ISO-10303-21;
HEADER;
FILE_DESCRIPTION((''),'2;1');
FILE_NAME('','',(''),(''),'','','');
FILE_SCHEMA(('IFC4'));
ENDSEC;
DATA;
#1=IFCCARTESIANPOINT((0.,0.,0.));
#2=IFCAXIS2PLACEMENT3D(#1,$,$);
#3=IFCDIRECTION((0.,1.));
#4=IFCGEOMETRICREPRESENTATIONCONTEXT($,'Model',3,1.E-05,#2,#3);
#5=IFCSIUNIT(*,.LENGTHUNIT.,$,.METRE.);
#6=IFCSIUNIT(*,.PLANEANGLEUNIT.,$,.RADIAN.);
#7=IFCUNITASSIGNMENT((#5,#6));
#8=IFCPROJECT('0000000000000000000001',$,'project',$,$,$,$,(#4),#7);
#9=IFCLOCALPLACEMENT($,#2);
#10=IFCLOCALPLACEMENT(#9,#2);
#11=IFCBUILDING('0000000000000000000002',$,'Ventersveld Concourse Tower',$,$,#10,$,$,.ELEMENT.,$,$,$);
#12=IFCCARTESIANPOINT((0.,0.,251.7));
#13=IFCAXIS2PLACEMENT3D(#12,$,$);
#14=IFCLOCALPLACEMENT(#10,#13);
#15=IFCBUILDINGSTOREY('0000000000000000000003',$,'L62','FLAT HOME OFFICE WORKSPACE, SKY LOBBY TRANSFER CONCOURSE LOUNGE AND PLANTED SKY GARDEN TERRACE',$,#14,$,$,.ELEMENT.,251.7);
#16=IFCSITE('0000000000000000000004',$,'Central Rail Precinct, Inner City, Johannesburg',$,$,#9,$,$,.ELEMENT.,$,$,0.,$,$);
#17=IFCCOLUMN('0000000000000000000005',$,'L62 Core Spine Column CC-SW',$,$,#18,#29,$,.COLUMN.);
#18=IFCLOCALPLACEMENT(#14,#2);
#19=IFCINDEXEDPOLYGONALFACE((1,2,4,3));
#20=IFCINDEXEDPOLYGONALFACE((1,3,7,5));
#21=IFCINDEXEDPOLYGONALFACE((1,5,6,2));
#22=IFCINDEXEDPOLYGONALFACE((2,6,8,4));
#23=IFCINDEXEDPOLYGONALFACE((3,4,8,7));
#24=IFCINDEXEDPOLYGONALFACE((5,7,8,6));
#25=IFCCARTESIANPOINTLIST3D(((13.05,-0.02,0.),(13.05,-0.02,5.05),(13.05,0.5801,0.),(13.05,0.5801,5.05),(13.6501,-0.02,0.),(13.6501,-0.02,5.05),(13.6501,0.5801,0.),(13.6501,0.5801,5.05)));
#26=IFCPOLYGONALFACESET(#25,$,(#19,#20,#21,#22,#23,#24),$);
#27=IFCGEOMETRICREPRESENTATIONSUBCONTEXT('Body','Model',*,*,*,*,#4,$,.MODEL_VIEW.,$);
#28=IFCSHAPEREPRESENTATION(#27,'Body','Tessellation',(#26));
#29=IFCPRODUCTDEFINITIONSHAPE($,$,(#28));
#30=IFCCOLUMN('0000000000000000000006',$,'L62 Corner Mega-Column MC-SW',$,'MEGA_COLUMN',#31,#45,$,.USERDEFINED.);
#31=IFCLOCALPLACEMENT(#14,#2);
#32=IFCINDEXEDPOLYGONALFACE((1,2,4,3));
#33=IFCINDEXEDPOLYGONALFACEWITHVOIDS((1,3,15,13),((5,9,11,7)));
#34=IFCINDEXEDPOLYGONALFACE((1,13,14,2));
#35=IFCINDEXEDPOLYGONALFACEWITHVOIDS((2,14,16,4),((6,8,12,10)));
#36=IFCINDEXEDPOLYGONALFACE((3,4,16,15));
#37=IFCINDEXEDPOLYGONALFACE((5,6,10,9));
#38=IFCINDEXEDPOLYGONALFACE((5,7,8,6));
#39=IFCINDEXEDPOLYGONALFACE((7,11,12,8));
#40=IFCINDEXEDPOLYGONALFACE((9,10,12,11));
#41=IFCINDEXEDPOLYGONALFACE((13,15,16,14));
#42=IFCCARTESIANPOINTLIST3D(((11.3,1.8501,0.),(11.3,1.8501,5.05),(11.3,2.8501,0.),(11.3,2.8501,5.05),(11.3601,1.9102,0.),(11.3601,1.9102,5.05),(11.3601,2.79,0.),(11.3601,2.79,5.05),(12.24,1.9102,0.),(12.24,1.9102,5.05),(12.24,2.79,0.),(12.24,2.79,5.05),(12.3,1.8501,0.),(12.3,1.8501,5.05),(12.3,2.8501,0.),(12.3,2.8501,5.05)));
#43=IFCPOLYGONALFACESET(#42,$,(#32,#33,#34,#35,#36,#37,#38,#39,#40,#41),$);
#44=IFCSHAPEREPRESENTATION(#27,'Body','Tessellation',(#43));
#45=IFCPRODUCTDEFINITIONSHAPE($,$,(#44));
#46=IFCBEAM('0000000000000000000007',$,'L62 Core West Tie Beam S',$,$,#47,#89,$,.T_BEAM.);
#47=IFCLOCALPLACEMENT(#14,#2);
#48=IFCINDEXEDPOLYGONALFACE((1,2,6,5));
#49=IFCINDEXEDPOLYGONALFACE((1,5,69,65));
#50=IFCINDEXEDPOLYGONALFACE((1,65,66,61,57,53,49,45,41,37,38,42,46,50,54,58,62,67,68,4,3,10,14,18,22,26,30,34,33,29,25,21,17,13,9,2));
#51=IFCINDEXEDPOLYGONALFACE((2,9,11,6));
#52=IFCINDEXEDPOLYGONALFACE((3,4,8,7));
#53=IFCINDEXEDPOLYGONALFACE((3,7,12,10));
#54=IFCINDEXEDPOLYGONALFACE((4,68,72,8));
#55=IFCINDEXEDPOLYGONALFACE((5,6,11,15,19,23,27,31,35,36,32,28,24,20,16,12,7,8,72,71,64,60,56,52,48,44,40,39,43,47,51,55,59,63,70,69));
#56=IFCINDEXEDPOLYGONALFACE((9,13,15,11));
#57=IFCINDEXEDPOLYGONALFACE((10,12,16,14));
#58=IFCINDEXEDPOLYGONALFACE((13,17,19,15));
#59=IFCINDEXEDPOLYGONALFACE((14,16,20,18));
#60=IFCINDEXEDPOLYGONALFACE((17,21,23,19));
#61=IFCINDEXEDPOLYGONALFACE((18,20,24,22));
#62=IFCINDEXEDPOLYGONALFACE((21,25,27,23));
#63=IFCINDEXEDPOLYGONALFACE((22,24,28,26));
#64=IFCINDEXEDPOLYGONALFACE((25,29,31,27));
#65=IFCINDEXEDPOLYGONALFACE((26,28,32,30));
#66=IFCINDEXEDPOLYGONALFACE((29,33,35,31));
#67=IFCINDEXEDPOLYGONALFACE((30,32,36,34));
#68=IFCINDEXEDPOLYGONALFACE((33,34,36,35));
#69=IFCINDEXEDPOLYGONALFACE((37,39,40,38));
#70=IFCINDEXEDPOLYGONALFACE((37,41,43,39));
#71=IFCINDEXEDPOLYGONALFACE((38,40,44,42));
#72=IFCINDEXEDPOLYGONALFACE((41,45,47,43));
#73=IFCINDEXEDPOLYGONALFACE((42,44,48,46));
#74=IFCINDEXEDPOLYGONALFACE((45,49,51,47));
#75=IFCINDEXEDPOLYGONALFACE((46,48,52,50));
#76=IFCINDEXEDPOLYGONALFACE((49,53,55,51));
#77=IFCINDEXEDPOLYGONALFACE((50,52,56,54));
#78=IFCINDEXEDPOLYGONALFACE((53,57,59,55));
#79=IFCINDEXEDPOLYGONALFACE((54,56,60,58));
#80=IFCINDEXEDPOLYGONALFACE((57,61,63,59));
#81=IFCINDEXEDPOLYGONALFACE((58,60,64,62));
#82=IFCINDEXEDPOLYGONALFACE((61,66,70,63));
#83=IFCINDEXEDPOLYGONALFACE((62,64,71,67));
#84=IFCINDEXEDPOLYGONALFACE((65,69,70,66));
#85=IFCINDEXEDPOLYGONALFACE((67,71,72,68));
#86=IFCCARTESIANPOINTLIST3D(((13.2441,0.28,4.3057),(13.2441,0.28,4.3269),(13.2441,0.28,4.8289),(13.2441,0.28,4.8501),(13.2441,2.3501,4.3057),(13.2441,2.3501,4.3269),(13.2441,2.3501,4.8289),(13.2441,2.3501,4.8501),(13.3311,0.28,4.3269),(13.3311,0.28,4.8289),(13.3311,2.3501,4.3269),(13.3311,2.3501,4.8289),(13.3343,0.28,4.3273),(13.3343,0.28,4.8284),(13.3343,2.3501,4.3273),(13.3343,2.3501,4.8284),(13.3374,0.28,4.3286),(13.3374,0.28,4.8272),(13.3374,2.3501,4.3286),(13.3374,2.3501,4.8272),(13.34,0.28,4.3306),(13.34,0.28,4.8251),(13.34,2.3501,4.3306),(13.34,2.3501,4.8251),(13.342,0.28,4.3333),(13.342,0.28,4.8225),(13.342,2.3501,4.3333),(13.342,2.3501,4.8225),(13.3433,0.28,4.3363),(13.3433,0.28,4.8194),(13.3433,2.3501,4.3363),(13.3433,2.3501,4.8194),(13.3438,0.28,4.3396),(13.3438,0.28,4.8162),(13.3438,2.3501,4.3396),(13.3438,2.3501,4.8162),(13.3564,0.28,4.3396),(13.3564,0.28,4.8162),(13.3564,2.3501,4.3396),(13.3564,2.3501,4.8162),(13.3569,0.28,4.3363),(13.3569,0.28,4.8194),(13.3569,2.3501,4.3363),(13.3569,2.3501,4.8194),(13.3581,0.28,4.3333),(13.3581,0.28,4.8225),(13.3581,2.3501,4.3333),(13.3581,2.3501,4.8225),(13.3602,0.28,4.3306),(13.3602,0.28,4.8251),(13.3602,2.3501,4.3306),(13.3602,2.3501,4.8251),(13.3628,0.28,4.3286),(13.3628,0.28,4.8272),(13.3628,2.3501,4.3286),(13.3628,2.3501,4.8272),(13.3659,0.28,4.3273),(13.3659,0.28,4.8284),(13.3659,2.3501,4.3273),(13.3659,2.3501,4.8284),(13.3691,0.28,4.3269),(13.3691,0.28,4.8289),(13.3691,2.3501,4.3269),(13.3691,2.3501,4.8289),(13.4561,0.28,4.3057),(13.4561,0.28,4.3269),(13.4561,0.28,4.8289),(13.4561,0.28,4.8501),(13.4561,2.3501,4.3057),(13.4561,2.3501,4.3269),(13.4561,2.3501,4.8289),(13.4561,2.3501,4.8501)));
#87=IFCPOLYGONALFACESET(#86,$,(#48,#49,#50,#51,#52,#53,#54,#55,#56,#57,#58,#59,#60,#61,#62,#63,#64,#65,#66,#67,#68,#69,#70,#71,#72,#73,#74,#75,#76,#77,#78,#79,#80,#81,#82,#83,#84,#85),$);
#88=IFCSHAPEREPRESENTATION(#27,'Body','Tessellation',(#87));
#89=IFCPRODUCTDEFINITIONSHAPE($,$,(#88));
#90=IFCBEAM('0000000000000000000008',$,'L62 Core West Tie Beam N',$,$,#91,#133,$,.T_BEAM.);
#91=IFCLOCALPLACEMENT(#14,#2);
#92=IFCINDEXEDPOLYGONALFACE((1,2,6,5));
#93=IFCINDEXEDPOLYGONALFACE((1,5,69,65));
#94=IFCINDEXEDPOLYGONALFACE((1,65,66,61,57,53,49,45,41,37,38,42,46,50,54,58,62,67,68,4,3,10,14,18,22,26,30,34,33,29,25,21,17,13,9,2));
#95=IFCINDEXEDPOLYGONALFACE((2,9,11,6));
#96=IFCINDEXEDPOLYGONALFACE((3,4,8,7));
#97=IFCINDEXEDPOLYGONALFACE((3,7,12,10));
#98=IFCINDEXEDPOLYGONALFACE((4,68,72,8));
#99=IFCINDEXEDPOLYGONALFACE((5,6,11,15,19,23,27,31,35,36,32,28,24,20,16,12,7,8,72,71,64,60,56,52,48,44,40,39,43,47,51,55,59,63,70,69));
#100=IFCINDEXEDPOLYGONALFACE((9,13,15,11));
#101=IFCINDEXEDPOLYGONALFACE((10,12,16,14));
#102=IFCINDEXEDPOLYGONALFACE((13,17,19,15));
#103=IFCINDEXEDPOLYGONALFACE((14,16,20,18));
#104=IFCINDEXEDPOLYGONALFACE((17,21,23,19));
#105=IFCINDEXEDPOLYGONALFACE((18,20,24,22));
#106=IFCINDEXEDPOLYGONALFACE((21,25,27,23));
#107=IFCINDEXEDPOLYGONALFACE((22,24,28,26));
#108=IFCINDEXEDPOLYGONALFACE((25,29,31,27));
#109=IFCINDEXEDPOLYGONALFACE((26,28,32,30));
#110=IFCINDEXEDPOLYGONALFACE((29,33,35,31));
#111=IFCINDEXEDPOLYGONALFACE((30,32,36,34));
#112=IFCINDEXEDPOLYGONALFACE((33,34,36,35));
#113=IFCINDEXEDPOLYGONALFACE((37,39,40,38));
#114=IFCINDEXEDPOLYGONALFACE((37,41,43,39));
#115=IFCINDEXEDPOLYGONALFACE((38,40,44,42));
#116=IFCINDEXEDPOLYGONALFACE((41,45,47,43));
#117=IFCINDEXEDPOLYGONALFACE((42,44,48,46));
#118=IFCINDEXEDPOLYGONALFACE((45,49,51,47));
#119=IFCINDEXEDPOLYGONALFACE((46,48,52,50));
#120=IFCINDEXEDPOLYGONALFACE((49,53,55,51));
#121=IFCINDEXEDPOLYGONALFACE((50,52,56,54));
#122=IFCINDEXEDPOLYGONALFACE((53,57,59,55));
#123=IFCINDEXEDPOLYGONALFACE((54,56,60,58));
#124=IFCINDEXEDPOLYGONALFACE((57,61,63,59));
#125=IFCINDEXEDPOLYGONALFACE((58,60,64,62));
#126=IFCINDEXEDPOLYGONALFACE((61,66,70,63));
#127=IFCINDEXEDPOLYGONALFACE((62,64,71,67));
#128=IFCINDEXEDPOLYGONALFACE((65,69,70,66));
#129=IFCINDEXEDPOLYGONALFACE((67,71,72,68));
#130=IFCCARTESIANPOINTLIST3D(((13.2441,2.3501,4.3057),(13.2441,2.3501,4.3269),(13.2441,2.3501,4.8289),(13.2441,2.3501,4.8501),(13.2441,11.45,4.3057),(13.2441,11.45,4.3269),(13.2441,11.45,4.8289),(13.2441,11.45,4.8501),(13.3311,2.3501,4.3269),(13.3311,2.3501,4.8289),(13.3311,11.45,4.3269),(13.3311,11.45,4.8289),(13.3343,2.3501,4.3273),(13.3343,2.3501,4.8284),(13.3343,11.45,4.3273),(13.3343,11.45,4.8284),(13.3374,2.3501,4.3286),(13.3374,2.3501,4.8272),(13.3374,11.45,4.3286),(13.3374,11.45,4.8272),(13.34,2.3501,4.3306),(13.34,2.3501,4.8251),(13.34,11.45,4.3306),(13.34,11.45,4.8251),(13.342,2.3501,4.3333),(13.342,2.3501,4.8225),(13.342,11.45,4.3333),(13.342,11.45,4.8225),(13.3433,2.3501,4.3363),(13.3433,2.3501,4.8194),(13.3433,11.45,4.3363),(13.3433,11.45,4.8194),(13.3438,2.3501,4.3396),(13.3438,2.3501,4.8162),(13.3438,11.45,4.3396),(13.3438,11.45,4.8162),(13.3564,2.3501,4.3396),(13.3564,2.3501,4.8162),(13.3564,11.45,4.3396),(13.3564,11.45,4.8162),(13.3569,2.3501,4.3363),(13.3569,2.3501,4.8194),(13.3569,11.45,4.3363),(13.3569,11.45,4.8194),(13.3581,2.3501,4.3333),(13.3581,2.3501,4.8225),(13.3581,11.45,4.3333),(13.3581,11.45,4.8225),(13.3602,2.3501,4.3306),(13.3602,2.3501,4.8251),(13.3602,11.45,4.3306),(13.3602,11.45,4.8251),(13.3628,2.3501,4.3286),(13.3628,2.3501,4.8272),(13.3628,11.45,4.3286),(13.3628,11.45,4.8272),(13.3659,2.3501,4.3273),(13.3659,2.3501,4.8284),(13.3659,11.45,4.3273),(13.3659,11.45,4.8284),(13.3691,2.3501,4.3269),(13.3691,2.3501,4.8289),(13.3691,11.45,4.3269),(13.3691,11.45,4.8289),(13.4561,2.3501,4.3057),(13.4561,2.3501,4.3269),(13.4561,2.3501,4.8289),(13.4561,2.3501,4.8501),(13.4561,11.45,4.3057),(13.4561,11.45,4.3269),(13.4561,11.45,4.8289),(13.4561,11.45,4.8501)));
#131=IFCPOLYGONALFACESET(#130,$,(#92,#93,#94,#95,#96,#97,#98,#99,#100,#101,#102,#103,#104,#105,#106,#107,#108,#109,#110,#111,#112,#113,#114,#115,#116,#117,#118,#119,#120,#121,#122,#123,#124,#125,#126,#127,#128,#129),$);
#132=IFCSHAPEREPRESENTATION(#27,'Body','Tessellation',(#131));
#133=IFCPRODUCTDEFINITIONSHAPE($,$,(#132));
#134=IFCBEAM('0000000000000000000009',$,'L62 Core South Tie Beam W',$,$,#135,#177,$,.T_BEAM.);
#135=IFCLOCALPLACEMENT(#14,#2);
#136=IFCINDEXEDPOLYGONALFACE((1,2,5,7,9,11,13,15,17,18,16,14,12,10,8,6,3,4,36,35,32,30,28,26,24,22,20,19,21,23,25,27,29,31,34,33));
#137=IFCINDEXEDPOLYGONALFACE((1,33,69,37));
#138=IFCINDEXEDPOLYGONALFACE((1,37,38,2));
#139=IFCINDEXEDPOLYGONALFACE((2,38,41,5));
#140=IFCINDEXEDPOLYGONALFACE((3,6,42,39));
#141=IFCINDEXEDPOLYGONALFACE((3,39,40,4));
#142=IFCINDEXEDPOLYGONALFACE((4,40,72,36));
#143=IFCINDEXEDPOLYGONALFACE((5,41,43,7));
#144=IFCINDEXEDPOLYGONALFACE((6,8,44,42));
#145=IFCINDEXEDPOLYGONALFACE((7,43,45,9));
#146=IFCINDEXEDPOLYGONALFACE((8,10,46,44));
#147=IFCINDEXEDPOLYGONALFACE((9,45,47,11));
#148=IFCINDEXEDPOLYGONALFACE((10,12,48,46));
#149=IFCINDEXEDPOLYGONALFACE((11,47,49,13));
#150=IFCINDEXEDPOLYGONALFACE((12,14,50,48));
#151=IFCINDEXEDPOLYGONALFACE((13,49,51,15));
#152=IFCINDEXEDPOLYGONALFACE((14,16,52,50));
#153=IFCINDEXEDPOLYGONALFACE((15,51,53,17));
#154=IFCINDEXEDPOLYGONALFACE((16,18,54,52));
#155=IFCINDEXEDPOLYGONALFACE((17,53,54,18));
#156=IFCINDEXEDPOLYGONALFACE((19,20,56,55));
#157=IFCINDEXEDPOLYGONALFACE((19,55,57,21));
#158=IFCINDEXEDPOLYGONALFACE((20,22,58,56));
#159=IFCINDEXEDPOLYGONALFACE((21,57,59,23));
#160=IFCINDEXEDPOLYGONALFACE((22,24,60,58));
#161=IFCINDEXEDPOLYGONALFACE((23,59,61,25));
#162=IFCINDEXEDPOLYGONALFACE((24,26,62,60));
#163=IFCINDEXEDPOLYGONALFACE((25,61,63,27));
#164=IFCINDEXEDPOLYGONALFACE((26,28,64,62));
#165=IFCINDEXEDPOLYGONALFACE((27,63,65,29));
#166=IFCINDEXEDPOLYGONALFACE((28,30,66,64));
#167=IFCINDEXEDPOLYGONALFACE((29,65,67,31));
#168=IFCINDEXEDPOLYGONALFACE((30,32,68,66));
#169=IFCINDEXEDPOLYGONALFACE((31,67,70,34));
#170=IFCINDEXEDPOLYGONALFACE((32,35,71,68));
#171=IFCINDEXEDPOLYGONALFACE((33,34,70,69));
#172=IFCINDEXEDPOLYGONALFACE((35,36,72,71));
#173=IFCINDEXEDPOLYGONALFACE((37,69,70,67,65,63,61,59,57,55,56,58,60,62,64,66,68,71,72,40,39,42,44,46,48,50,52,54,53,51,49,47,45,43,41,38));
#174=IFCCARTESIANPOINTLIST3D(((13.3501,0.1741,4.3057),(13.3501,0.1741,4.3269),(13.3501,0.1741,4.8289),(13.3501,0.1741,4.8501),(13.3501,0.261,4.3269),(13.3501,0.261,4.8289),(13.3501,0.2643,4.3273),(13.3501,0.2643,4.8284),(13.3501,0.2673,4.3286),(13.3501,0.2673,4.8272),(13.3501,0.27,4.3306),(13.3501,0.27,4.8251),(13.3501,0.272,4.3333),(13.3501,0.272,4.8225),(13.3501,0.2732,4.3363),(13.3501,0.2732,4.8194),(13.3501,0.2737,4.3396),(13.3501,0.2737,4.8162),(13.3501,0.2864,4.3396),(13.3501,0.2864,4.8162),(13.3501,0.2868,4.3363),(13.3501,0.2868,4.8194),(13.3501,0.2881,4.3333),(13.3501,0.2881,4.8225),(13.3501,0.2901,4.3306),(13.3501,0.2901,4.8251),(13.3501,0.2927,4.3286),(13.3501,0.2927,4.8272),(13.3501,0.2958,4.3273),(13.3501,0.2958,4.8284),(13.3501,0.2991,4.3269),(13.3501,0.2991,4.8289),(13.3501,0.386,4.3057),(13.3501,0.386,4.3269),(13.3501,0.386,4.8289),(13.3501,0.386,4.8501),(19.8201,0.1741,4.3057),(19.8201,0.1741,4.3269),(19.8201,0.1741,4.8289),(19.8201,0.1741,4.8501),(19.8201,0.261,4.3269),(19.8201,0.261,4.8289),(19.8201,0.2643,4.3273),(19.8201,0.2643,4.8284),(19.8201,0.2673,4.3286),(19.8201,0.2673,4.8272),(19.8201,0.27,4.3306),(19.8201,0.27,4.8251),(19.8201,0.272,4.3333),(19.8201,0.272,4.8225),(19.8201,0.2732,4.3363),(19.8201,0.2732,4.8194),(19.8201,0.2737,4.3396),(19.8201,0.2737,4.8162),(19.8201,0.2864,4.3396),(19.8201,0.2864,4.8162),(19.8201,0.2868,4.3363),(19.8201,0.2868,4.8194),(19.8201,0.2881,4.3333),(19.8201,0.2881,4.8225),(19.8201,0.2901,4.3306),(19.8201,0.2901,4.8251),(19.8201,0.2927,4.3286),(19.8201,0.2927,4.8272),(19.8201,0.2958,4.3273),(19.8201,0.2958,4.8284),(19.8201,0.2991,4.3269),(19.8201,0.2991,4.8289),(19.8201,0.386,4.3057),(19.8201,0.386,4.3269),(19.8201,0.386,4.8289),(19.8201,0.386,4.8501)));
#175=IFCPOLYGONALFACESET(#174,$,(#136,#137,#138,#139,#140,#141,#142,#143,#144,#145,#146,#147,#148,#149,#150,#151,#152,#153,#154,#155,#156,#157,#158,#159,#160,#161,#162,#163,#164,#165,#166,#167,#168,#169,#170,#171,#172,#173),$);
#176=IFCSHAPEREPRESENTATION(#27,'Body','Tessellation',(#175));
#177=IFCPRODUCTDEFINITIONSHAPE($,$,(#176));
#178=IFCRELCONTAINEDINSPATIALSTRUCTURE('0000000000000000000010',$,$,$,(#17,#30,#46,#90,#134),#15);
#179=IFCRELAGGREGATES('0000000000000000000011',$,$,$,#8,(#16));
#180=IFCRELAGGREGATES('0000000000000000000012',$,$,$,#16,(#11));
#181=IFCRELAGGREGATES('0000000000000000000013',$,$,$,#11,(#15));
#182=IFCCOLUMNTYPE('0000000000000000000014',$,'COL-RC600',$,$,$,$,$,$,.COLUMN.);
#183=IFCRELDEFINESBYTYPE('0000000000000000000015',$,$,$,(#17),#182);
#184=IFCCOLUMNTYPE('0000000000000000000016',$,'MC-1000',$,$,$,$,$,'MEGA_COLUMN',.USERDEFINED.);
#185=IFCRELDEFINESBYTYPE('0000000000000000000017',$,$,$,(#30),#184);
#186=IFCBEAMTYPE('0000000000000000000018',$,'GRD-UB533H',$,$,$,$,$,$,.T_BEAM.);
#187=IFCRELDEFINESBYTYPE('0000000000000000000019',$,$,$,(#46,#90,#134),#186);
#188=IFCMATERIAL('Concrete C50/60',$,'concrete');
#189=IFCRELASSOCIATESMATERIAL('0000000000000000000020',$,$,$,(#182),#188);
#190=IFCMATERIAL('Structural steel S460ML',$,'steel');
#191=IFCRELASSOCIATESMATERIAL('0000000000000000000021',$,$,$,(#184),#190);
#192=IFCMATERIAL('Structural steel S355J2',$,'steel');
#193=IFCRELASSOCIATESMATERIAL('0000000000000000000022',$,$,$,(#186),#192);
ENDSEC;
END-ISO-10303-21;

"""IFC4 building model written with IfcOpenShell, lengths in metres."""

from ifc_helpers import new_model, si_unit, direction, frame, origin, origin_2d, place, context, subcontext, project, spatial, rectangle, hollow_rectangle, i_section, extrude, material, material_profile, profile_set, type_object, element, save


model = new_model("IFC4")

# Units and contexts
model_context = context("Model", 3, precision=1e-05, world=origin(), true_north=direction((0.0, 1.0)))
body_context = subcontext(model_context, "Body", "Model", "MODEL_VIEW")
ifc_project = project(units=[si_unit("LENGTHUNIT", "METRE"), si_unit("PLANEANGLEUNIT", "RADIAN")], contexts=[model_context])

# Site, building, storey
site_placement = place(None, origin())
site = spatial("IfcSite", under=ifc_project, at=site_placement, Name="Central Rail Precinct, Inner City, Johannesburg", CompositionType="ELEMENT", RefElevation=0.0)
building_placement = place(site_placement, origin())
building = spatial("IfcBuilding", under=site, at=building_placement, Name="Ventersveld Concourse Tower", CompositionType="ELEMENT")
storey_placement = place(building_placement, frame((0.0, 0.0, 251.7)))
storey = spatial("IfcBuildingStorey", under=building, at=storey_placement, Name="L62", Description="FLAT HOME OFFICE WORKSPACE, SKY LOBBY TRANSFER CONCOURSE LOUNGE AND PLANTED SKY GARDEN TERRACE", CompositionType="ELEMENT", Elevation=251.7)

# Columns
ifc_material_1 = material(Name="Concrete C50/60", Category="concrete")
ifc_material_profile_1 = material_profile(ifc_material_1, rectangle(XDim=0.6001, YDim=0.6001, at=origin_2d()), Name="RC 600x600")
ifc_profile_set_1 = profile_set([ifc_material_profile_1], Name="Concrete C50/60")
column_type_1 = type_object("IfcColumnType", Name="COL-RC600", PredefinedType="COLUMN", material=ifc_profile_set_1)
column_1_placement = place(storey_placement, frame((13.3501, 0.28, 0.0), z_axis=(0.0, 0.0, 1.0), x_axis=(1.0, 0.0, 0.0)))
element("IfcColumn", 1, at=column_1_placement, inside=storey, type_object=column_type_1, Name="L62 Core Spine Column CC-SW", PredefinedType="COLUMN", context=body_context, shape_type="SweptSolid", body=[
    extrude(rectangle(XDim=0.6001, YDim=0.6001, at=origin_2d()), origin(), (0.0, 0.0, 1.0), 5.05),
])
ifc_material_2 = material(Name="Structural steel S460ML", Category="steel")
ifc_material_profile_2 = material_profile(ifc_material_2, hollow_rectangle(XDim=1.0, YDim=1.0, WallThickness=0.0601, at=origin_2d()), Name="BOX 1000x1000x60")
ifc_profile_set_2 = profile_set([ifc_material_profile_2], Name="Structural steel S460ML")
column_type_2 = type_object("IfcColumnType", Name="MC-1000", ElementType="MEGA_COLUMN", PredefinedType="USERDEFINED", material=ifc_profile_set_2)
column_2_placement = place(storey_placement, frame((11.8, 2.3501, 0.0), z_axis=(0.0, 0.0, 1.0), x_axis=(1.0, 0.0, 0.0)))
element("IfcColumn", 2, at=column_2_placement, inside=storey, type_object=column_type_2, Name="L62 Corner Mega-Column MC-SW", ObjectType="MEGA_COLUMN", PredefinedType="USERDEFINED", context=body_context, shape_type="SweptSolid", body=[
    extrude(hollow_rectangle(XDim=1.0, YDim=1.0, WallThickness=0.0601, at=origin_2d()), origin(), (0.0, 0.0, 1.0), 5.05),
])

# Beams
ifc_material_3 = material(Name="Structural steel S355J2", Category="steel")
ifc_material_profile_3 = material_profile(ifc_material_3, i_section(OverallWidth=0.2119, OverallDepth=0.5444, WebThickness=0.0127, FlangeThickness=0.0212, FilletRadius=0.0127, at=origin_2d()), Name="UB 533x210x122")
ifc_profile_set_3 = profile_set([ifc_material_profile_3], Name="Structural steel S355J2")
beam_type_1 = type_object("IfcBeamType", Name="GRD-UB533H", PredefinedType="T_BEAM", material=ifc_profile_set_3)
beam_1_placement = place(storey_placement, frame((13.3501, 0.28, 4.5779), z_axis=(0.0, 1.0, 0.0), x_axis=(-1.0, 0.0, 0.0)))
element("IfcBeam", 3, at=beam_1_placement, inside=storey, type_object=beam_type_1, Name="L62 Core West Tie Beam S", PredefinedType="T_BEAM", context=body_context, shape_type="SweptSolid", body=[
    extrude(i_section(OverallWidth=0.2119, OverallDepth=0.5444, WebThickness=0.0127, FlangeThickness=0.0212, FilletRadius=0.0127, at=origin_2d()), origin(), (0.0, 0.0, 1.0), 2.0701),
])
beam_2_placement = place(storey_placement, frame((13.3501, 2.3501, 4.5779), z_axis=(0.0, 1.0, 0.0), x_axis=(-1.0, 0.0, 0.0)))
element("IfcBeam", 4, at=beam_2_placement, inside=storey, type_object=beam_type_1, Name="L62 Core West Tie Beam N", PredefinedType="T_BEAM", context=body_context, shape_type="SweptSolid", body=[
    extrude(i_section(OverallWidth=0.2119, OverallDepth=0.5444, WebThickness=0.0127, FlangeThickness=0.0212, FilletRadius=0.0127, at=origin_2d()), origin(), (0.0, 0.0, 1.0), 9.0999),
])
beam_3_placement = place(storey_placement, frame((13.3501, 0.28, 4.5779), z_axis=(1.0, 0.0, 0.0), x_axis=(0.0, 1.0, 0.0)))
element("IfcBeam", 5, at=beam_3_placement, inside=storey, type_object=beam_type_1, Name="L62 Core South Tie Beam W", PredefinedType="T_BEAM", context=body_context, shape_type="SweptSolid", body=[
    extrude(i_section(OverallWidth=0.2119, OverallDepth=0.5444, WebThickness=0.0127, FlangeThickness=0.0212, FilletRadius=0.0127, at=origin_2d()), origin(), (0.0, 0.0, 1.0), 6.47),
])

save(model, "model.ifc")
